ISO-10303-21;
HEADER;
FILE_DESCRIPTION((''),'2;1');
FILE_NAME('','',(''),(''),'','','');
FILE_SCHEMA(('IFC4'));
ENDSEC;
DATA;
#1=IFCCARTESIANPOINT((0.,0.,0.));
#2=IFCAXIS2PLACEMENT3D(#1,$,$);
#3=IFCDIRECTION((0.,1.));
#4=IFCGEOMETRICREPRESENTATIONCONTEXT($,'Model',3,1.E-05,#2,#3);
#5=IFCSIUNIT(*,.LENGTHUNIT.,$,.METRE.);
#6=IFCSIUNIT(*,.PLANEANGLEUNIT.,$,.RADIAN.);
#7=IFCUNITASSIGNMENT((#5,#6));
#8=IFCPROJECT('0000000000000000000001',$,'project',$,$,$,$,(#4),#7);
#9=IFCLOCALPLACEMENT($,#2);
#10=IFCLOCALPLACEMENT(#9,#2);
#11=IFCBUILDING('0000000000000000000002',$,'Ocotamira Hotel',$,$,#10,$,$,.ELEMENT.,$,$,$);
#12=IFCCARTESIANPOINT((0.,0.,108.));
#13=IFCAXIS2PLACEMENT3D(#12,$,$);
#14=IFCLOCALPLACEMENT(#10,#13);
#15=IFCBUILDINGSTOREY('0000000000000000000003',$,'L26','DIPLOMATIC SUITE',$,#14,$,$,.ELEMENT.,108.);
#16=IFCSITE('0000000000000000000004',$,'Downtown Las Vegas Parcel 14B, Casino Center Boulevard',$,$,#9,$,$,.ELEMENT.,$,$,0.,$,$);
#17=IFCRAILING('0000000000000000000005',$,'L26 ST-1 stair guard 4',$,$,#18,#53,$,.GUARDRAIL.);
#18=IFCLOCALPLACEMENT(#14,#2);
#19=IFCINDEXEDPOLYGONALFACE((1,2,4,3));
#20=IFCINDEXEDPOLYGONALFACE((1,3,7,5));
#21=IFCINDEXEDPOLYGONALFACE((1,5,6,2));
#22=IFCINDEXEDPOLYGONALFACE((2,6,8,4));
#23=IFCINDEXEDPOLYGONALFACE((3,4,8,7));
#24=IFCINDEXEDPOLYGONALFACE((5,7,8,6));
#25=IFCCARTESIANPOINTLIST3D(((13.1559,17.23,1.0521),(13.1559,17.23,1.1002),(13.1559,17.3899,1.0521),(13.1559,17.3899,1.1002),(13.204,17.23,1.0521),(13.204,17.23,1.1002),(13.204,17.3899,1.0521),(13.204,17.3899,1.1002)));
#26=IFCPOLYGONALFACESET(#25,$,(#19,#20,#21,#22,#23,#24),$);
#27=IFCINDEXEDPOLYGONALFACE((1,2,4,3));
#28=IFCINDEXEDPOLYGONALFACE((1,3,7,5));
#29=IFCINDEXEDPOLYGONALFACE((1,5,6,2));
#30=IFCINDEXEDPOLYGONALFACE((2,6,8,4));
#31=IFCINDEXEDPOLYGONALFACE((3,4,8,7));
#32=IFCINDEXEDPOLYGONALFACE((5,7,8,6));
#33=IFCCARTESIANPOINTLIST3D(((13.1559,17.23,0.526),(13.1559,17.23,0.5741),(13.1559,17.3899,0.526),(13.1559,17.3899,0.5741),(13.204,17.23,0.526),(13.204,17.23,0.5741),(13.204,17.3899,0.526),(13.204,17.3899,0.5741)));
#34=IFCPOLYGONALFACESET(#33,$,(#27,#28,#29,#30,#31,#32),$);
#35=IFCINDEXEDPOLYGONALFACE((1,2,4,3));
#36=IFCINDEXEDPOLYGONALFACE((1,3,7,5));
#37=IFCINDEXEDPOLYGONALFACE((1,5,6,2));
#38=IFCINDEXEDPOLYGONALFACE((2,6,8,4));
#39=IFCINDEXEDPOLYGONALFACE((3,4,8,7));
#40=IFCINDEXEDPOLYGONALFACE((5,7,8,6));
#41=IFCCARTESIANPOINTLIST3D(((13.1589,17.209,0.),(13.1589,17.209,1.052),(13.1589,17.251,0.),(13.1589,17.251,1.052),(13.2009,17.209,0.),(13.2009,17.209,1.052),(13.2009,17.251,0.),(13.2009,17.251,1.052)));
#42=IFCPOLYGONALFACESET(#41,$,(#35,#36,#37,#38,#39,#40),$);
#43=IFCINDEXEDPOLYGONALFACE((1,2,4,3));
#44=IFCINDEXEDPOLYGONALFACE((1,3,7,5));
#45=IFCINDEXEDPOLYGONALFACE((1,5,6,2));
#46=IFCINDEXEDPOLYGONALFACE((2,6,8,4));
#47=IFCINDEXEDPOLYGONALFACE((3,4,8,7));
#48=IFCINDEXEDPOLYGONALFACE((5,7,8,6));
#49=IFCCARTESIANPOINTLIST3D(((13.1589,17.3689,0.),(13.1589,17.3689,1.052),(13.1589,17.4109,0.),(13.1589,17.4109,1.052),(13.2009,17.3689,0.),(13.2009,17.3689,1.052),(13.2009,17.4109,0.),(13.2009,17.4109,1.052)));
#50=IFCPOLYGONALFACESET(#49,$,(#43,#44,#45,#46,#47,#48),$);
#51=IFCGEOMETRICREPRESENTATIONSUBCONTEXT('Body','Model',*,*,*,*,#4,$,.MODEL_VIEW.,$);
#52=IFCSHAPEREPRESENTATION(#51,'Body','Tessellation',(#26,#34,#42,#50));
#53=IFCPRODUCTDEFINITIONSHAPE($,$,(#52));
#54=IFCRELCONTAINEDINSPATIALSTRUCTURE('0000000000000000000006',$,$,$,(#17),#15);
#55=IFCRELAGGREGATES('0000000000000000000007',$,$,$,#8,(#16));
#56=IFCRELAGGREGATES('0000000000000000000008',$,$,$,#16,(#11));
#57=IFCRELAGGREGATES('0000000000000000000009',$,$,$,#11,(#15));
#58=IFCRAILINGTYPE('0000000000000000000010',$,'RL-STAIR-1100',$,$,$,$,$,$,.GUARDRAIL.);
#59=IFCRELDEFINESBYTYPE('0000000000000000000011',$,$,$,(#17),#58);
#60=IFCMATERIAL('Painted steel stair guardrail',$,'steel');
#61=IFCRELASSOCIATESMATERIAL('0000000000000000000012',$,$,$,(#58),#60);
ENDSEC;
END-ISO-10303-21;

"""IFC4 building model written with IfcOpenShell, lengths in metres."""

from ifc_helpers import new_model, si_unit, direction, frame, origin, origin_2d, place, context, subcontext, project, spatial, rectangle, extrude, material, type_object, element, save


model = new_model("IFC4")

# Units and contexts
model_context = context("Model", 3, precision=1e-05, world=origin(), true_north=direction((0.0, 1.0)))
body_context = subcontext(model_context, "Body", "Model", "MODEL_VIEW")
ifc_project = project(units=[si_unit("LENGTHUNIT", "METRE"), si_unit("PLANEANGLEUNIT", "RADIAN")], contexts=[model_context])

# Site, building, storey
site_placement = place(None, origin())
site = spatial("IfcSite", under=ifc_project, at=site_placement, Name="Downtown Las Vegas Parcel 14B, Casino Center Boulevard", CompositionType="ELEMENT", RefElevation=0.0)
building_placement = place(site_placement, origin())
building = spatial("IfcBuilding", under=site, at=building_placement, Name="Ocotamira Hotel", CompositionType="ELEMENT")
storey_placement = place(building_placement, frame((0.0, 0.0, 108.0)))
storey = spatial("IfcBuildingStorey", under=building, at=storey_placement, Name="L26", Description="DIPLOMATIC SUITE", CompositionType="ELEMENT", Elevation=108.0)

# Railing
ifc_material_1 = material(Name="Painted steel stair guardrail", Category="steel")
railing_type_1 = type_object("IfcRailingType", Name="RL-STAIR-1100", PredefinedType="GUARDRAIL", material=ifc_material_1)
railing_1_placement = place(storey_placement, frame((13.1799, 17.23, 0.0)))
element("IfcRailing", 1, at=railing_1_placement, inside=storey, type_object=railing_type_1, Name="L26 ST-1 stair guard 4", PredefinedType="GUARDRAIL", context=body_context, shape_type="SweptSolid", body=[
    extrude(rectangle(XDim=0.0481, YDim=0.0481, at=origin_2d()), frame((0.0, 0.0, 1.0762), z_axis=(0.0, 1.0, 0.0), x_axis=(-1.0, 0.0, 0.0)), (0.0, 0.0, 1.0), 0.1599),
    extrude(rectangle(XDim=0.0481, YDim=0.0481, at=origin_2d()), frame((0.0, 0.0, 0.55), z_axis=(0.0, 1.0, 0.0), x_axis=(-1.0, 0.0, 0.0)), (0.0, 0.0, 1.0), 0.1599),
    extrude(rectangle(XDim=0.042, YDim=0.042, at=origin_2d()), origin(), (0.0, 0.0, 1.0), 1.052),
    extrude(rectangle(XDim=0.042, YDim=0.042, at=origin_2d()), frame((0.0, 0.1599, 0.0)), (0.0, 0.0, 1.0), 1.052),
])

save(model, "model.ifc")
